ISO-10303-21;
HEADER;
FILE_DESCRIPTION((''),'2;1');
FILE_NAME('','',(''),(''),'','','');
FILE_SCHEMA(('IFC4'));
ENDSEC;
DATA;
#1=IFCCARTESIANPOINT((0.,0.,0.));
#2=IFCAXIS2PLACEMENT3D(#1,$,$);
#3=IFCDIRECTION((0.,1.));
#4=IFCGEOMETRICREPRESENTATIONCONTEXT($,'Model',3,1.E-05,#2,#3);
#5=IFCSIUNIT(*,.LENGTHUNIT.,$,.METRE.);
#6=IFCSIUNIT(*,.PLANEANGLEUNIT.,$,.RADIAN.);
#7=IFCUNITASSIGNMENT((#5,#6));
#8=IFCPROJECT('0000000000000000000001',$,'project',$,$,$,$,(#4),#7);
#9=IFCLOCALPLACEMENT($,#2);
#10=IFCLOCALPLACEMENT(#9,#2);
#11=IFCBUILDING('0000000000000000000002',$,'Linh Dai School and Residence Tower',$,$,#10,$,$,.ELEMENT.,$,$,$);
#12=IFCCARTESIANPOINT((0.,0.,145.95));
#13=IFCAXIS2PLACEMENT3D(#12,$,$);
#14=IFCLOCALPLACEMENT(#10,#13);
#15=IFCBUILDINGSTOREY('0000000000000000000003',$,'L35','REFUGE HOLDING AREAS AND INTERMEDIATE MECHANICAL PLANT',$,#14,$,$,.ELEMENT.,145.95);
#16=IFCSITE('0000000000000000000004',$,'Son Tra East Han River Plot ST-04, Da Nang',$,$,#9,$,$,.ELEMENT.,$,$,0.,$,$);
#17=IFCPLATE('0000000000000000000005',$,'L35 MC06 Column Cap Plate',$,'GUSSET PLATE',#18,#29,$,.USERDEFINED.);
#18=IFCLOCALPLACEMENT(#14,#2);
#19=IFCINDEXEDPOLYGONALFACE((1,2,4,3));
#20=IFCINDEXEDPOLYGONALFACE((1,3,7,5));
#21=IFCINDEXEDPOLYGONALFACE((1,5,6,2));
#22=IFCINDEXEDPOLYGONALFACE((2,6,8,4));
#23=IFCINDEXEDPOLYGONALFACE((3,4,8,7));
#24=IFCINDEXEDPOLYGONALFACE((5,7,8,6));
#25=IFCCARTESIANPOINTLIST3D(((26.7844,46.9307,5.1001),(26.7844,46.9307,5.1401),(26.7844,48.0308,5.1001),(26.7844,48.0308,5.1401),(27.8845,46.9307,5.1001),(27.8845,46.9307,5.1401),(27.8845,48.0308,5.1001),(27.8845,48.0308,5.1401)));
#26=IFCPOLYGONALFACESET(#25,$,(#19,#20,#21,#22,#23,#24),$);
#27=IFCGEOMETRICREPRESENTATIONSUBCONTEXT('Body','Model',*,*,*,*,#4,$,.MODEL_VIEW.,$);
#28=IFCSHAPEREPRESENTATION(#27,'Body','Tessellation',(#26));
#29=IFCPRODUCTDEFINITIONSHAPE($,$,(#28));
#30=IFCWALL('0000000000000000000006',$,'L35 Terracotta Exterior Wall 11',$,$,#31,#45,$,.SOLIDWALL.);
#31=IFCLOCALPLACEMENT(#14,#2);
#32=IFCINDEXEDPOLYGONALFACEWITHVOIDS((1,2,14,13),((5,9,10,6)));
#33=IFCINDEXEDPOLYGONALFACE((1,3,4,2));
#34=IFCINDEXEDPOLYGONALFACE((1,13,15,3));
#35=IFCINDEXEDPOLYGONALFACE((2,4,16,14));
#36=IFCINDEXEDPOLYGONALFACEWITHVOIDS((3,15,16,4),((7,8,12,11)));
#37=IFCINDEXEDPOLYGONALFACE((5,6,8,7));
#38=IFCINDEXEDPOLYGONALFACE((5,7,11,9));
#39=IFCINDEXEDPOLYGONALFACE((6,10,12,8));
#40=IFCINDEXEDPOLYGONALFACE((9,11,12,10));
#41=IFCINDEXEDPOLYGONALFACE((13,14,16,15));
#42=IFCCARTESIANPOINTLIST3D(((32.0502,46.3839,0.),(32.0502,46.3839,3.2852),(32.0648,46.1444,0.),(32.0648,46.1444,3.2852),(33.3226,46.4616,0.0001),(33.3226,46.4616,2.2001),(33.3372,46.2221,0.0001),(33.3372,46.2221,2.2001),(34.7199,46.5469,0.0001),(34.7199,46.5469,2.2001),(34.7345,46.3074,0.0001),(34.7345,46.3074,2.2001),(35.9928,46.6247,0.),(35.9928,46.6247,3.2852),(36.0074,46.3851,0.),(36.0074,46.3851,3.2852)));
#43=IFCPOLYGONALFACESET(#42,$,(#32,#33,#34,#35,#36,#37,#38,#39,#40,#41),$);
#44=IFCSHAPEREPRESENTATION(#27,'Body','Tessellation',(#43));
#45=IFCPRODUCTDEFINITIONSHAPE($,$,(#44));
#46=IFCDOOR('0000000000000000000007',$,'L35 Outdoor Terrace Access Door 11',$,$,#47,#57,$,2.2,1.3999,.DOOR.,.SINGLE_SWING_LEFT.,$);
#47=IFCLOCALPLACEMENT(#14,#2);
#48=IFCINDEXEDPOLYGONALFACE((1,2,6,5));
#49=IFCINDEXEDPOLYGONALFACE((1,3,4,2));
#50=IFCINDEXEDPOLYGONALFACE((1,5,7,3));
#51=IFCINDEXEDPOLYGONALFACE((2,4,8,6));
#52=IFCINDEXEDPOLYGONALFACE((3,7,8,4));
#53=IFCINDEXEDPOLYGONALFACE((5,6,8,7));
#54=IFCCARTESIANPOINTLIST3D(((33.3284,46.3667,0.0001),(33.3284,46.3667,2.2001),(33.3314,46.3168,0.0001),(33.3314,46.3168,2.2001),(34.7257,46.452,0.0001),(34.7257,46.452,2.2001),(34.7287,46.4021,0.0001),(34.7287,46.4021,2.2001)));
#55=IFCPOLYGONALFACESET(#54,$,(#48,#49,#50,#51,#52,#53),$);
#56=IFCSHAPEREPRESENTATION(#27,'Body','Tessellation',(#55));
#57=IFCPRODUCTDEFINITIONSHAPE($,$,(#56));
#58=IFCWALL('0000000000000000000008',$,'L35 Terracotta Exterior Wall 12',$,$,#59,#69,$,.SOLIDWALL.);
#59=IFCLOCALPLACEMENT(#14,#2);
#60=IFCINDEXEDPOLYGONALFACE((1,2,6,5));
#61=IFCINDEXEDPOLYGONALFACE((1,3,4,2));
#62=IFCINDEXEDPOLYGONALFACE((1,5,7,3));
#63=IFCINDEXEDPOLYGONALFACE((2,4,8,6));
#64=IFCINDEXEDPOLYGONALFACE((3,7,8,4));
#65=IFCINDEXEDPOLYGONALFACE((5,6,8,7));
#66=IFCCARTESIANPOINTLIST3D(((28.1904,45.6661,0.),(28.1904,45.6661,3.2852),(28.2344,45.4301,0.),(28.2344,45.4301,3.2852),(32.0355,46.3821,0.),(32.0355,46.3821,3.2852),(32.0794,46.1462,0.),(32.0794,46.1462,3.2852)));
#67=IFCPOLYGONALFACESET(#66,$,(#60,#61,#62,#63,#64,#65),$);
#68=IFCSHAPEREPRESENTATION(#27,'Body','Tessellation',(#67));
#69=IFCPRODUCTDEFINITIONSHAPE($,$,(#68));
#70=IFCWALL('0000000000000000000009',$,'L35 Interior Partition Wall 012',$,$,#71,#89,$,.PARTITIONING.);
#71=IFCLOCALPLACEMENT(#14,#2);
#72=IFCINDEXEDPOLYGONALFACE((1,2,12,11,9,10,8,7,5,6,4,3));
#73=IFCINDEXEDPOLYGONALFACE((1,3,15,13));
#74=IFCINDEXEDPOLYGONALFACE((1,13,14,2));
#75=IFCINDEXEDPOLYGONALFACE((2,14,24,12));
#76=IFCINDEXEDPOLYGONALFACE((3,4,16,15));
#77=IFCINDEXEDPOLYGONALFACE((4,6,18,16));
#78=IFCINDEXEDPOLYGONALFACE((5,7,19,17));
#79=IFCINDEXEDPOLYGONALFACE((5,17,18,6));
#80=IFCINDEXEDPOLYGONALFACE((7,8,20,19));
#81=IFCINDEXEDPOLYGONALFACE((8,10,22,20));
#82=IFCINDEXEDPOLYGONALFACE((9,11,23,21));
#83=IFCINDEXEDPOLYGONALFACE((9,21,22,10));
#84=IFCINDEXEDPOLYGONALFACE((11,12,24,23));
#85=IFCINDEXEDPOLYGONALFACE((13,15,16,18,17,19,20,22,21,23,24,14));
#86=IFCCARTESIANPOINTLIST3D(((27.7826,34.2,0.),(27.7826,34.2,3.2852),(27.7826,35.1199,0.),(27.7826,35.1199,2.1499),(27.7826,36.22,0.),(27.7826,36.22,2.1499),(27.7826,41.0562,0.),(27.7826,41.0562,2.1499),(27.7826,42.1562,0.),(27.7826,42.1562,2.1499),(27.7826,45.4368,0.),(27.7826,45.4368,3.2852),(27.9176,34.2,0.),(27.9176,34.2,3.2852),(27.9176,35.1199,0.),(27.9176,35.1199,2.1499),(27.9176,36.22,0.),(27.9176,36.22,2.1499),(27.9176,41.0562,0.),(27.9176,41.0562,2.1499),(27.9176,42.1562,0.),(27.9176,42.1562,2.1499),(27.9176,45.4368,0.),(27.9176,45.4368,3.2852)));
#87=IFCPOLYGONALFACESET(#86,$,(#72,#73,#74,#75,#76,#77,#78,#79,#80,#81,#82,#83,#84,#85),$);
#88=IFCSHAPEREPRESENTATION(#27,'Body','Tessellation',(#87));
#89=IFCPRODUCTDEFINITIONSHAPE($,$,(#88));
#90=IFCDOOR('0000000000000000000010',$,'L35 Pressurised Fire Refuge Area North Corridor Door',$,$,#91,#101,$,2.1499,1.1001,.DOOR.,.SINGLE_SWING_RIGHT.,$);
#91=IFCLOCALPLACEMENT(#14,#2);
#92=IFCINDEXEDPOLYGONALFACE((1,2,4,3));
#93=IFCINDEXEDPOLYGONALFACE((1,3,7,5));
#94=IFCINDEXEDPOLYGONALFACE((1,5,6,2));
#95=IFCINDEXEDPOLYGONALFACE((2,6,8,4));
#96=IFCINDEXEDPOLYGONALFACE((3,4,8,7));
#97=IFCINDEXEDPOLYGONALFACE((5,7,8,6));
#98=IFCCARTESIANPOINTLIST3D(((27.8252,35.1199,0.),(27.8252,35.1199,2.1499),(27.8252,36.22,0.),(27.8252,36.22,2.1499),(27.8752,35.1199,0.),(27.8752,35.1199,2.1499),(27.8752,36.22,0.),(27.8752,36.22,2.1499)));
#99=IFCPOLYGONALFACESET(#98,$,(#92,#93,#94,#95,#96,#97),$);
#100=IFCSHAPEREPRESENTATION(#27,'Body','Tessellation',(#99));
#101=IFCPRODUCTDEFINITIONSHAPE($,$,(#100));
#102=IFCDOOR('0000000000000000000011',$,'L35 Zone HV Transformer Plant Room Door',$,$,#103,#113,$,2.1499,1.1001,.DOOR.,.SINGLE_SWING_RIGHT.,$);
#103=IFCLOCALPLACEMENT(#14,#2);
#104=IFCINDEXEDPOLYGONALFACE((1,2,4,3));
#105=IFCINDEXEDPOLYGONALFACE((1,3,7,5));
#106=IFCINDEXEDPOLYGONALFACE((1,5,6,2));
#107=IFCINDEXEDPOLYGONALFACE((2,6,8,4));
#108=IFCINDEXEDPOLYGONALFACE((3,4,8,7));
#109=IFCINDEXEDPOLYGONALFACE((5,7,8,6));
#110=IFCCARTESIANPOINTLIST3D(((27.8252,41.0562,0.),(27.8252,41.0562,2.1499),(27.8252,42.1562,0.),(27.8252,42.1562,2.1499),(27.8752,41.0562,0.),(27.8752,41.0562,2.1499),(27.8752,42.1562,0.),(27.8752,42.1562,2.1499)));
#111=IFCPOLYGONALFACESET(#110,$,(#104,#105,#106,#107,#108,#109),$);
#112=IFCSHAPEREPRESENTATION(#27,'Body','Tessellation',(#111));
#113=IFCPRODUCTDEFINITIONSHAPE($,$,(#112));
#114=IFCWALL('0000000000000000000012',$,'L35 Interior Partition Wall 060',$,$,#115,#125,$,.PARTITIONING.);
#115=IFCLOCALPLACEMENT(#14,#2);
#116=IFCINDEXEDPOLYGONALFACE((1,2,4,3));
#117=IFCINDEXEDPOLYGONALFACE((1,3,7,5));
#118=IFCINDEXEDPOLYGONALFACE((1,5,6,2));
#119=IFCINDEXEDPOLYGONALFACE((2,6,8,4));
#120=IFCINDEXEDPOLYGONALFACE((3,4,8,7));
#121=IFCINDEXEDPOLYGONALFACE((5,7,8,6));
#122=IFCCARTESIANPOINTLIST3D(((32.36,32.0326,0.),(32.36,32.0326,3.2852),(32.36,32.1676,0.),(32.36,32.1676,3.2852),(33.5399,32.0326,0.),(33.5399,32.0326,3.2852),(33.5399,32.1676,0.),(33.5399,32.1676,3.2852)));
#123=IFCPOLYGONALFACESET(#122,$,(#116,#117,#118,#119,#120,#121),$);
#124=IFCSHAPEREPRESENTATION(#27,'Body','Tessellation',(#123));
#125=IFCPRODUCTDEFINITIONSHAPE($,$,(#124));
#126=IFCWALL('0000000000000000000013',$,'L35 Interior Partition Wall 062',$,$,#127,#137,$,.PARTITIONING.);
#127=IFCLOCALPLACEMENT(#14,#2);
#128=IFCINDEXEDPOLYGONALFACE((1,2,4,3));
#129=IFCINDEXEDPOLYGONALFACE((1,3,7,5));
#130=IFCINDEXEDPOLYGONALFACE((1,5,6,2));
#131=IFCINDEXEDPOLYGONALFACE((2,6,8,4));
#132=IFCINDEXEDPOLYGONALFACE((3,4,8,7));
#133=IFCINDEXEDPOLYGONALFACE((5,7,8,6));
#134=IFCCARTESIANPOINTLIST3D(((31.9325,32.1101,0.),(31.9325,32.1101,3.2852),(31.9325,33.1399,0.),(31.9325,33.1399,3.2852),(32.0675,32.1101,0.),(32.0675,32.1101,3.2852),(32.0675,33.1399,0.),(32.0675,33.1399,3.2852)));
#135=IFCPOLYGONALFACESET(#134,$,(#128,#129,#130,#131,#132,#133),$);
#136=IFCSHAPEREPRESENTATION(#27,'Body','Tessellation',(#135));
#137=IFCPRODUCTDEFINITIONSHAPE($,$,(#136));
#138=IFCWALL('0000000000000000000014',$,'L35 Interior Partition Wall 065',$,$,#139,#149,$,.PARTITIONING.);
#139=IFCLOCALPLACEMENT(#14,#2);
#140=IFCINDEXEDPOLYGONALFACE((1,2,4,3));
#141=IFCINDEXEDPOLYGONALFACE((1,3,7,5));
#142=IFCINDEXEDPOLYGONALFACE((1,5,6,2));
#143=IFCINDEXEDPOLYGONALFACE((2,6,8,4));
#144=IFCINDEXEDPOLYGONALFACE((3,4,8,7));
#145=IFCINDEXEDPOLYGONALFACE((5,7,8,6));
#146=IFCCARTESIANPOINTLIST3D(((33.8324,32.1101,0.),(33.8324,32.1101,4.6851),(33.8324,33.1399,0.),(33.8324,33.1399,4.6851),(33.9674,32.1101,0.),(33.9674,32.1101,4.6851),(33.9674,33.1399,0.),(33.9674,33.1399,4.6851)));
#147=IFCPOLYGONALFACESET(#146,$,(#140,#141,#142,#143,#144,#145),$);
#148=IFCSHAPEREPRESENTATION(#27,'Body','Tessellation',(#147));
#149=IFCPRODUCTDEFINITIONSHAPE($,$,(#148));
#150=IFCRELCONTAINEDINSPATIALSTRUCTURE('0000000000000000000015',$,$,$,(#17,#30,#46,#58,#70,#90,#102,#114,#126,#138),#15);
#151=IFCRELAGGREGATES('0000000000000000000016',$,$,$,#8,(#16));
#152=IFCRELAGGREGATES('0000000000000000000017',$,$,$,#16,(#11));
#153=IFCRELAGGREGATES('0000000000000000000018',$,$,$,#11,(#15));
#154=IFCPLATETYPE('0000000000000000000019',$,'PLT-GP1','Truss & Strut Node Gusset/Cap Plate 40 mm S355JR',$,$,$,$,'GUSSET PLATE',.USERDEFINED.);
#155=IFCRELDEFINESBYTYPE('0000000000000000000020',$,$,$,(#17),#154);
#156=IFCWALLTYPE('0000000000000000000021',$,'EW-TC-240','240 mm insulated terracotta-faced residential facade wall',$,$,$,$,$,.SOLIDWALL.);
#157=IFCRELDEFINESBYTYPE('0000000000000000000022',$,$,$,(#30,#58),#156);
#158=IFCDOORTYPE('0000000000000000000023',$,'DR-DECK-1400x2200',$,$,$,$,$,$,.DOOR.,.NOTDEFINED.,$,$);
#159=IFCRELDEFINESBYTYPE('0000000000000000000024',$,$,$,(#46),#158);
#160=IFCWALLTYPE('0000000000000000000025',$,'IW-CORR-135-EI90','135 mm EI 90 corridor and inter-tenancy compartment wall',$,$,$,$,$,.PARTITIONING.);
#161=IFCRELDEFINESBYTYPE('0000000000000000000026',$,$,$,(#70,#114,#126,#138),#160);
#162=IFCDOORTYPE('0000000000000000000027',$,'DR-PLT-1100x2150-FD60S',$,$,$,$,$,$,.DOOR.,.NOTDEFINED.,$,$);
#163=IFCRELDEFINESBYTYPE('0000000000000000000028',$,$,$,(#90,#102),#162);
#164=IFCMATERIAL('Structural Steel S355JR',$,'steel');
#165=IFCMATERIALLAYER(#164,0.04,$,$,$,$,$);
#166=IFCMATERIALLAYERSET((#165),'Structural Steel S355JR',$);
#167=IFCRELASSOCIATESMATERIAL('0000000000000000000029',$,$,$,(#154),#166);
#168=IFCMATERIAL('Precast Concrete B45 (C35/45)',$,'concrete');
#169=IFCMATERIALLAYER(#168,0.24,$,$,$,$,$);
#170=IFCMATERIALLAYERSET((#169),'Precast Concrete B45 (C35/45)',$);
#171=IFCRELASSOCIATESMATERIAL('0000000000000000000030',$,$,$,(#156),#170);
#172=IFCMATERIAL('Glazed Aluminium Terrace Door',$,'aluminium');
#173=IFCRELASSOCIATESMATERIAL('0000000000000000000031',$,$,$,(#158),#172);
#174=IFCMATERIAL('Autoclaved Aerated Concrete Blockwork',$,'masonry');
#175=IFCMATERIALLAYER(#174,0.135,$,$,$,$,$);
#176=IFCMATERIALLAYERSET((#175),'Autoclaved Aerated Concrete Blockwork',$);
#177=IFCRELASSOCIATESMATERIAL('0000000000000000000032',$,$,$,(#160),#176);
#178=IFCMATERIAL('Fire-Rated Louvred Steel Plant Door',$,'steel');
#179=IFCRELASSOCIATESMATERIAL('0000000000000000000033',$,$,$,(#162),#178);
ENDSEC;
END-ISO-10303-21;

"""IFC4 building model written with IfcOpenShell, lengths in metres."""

from ifc_helpers import new_model, si_unit, direction, frame, frame_2d, origin, origin_2d, place, context, subcontext, project, spatial, rectangle, extrude, source, transform, mapped, material, layer, layer_set, type_object, element, fill, save


model = new_model("IFC4")

# Units and contexts
model_context = context("Model", 3, precision=1e-05, world=origin(), true_north=direction((0.0, 1.0)))
body_context = subcontext(model_context, "Body", "Model", "MODEL_VIEW")
ifc_project = project(units=[si_unit("LENGTHUNIT", "METRE"), si_unit("PLANEANGLEUNIT", "RADIAN")], contexts=[model_context])

# Site, building, storey
site_placement = place(None, origin())
site = spatial("IfcSite", under=ifc_project, at=site_placement, Name="Son Tra East Han River Plot ST-04, Da Nang", CompositionType="ELEMENT", RefElevation=0.0)
building_placement = place(site_placement, origin())
building = spatial("IfcBuilding", under=site, at=building_placement, Name="Linh Dai School and Residence Tower", CompositionType="ELEMENT")
storey_placement = place(building_placement, frame((0.0, 0.0, 145.95)))
storey = spatial("IfcBuildingStorey", under=building, at=storey_placement, Name="L35", Description="REFUGE HOLDING AREAS AND INTERMEDIATE MECHANICAL PLANT", CompositionType="ELEMENT", Elevation=145.95)

# Shared definitions
ifc_material_1 = material(Name="Structural Steel S355JR", Category="steel")

# Plate
ifc_layer_1 = layer(ifc_material_1, 0.04)
ifc_layer_set_1 = layer_set([ifc_layer_1], Name="Structural Steel S355JR")
plate_type = type_object("IfcPlateType", Name="PLT-GP1", Description="Truss & Strut Node Gusset/Cap Plate 40 mm S355JR", ElementType="GUSSET PLATE", PredefinedType="USERDEFINED", material=ifc_layer_set_1)
shared_shape_1 = source(origin(), body_context, "Body", "SweptSolid", [
    extrude(rectangle(XDim=1.1001, YDim=1.1001, at=origin_2d()), origin(), (0.0, 0.0, 1.0), 0.04),
])
plate_placement = place(storey_placement, frame((27.3345, 47.4807, 5.1001), z_axis=(0.0, 0.0, 1.0), x_axis=(1.0, 0.0, 0.0)))
element("IfcPlate", 1, at=plate_placement, inside=storey, type_object=plate_type, Name="L35 MC06 Column Cap Plate", ObjectType="GUSSET PLATE", PredefinedType="USERDEFINED", context=body_context, shape_type="MappedRepresentation", body=[
    mapped(shared_shape_1, transform((0.0, 0.0, 0.0), x_axis=(1.0, 0.0, 0.0), y_axis=(0.0, 1.0, 0.0), z_axis=(0.0, 0.0, 1.0), scale=1.0)),
])

# Wall, opening, door
ifc_material_2 = material(Name="Precast Concrete B45 (C35/45)", Category="concrete")
ifc_layer_2 = layer(ifc_material_2, 0.24)
ifc_layer_set_2 = layer_set([ifc_layer_2], Name="Precast Concrete B45 (C35/45)")
wall_type_1 = type_object("IfcWallType", Name="EW-TC-240", Description="240 mm insulated terracotta-faced residential facade wall", PredefinedType="SOLIDWALL", material=ifc_layer_set_2)
wall_1_placement = place(storey_placement, frame((32.0574, 46.2642, 0.0), z_axis=(0.0, 0.0, 1.0), x_axis=(0.998141, 0.060943, 0.0)))
wall_1 = element("IfcWall", 2, at=wall_1_placement, inside=storey, type_object=wall_type_1, Name="L35 Terracotta Exterior Wall 11", PredefinedType="SOLIDWALL", context=body_context, shape_type="SweptSolid", body=[
    extrude(rectangle(XDim=3.95, YDim=0.24, at=frame_2d((1.9751, 0.0))), origin(), (0.0, 0.0, 1.0), 3.2852),
])
opening_1_placement = place(wall_1_placement, frame((1.2749, 0.0, 0.0)))
opening_1 = element("IfcOpeningElement", 3, at=opening_1_placement, cuts=wall_1, PredefinedType="OPENING", context=body_context, shape_type="SweptSolid", body=[
    extrude(rectangle(XDim=1.3999, YDim=2.2, at=origin_2d()), frame((0.7, 0.1299, 1.1001), z_axis=(0.0, -1.0, 0.0), x_axis=(1.0, 0.0, 0.0)), (0.0, 0.0, 1.0), 0.26),
])
ifc_material_3 = material(Name="Glazed Aluminium Terrace Door", Category="aluminium")
door_type_1 = type_object("IfcDoorType", Name="DR-DECK-1400x2200", OperationType="NOTDEFINED", PredefinedType="DOOR", material=ifc_material_3)
shared_shape_2 = source(origin(), body_context, "Body", "SweptSolid", [
    extrude(rectangle(XDim=1.3999, YDim=2.2, at=origin_2d()), frame((0.7, 0.0249, 1.1001), z_axis=(0.0, -1.0, 0.0), x_axis=(1.0, 0.0, 0.0)), (0.0, 0.0, 1.0), 0.05),
])
door_1_placement = place(opening_1_placement, origin())
door_1 = element("IfcDoor", 4, at=door_1_placement, inside=storey, type_object=door_type_1, Name="L35 Outdoor Terrace Access Door 11", OperationType="SINGLE_SWING_LEFT", OverallHeight=2.2, OverallWidth=1.3999, PredefinedType="DOOR", context=body_context, shape_type="MappedRepresentation", body=[
    mapped(shared_shape_2, transform((0.0, 0.0, 0.0), x_axis=(1.0, 0.0, 0.0), y_axis=(0.0, 1.0, 0.0), z_axis=(0.0, 0.0, 1.0), scale=1.0)),
])
fill(opening_1, door_1)

# Wall
wall_2_placement = place(storey_placement, frame((28.2124, 45.5481, 0.0), z_axis=(0.0, 0.0, 1.0), x_axis=(0.983097, 0.183086, 0.0)))
element("IfcWall", 5, at=wall_2_placement, inside=storey, type_object=wall_type_1, Name="L35 Terracotta Exterior Wall 12", PredefinedType="SOLIDWALL", context=body_context, shape_type="SweptSolid", body=[
    extrude(rectangle(XDim=3.9111, YDim=0.24, at=frame_2d((1.9556, 0.0))), origin(), (0.0, 0.0, 1.0), 3.2852),
])

# Wall, openings, doors
ifc_material_4 = material(Name="Autoclaved Aerated Concrete Blockwork", Category="masonry")
ifc_layer_3 = layer(ifc_material_4, 0.135)
ifc_layer_set_3 = layer_set([ifc_layer_3], Name="Autoclaved Aerated Concrete Blockwork")
wall_type_2 = type_object("IfcWallType", Name="IW-CORR-135-EI90", Description="135 mm EI 90 corridor and inter-tenancy compartment wall", PredefinedType="PARTITIONING", material=ifc_layer_set_3)
wall_3_placement = place(storey_placement, frame((27.8501, 34.2, 0.0), z_axis=(0.0, 0.0, 1.0), x_axis=(0.0, 1.0, 0.0)))
wall_3 = element("IfcWall", 6, at=wall_3_placement, inside=storey, type_object=wall_type_2, Name="L35 Interior Partition Wall 012", PredefinedType="PARTITIONING", context=body_context, shape_type="SweptSolid", body=[
    extrude(rectangle(XDim=11.2368, YDim=0.135, at=frame_2d((5.6184, 0.0))), origin(), (0.0, 0.0, 1.0), 3.2852),
])
opening_2_placement = place(wall_3_placement, frame((0.9199, 0.0, 0.0)))
opening_2 = element("IfcOpeningElement", 7, at=opening_2_placement, cuts=wall_3, PredefinedType="OPENING", context=body_context, shape_type="SweptSolid", body=[
    extrude(rectangle(XDim=1.1001, YDim=2.1499, at=origin_2d()), frame((0.55, 0.0776, 1.075), z_axis=(0.0, -1.0, 0.0), x_axis=(1.0, 0.0, 0.0)), (0.0, 0.0, 1.0), 0.155),
])
opening_3_placement = place(wall_3_placement, frame((6.8562, 0.0, 0.0)))
opening_3 = element("IfcOpeningElement", 8, at=opening_3_placement, cuts=wall_3, PredefinedType="OPENING", context=body_context, shape_type="SweptSolid", body=[
    extrude(rectangle(XDim=1.1001, YDim=2.1499, at=origin_2d()), frame((0.55, 0.0776, 1.075), z_axis=(0.0, -1.0, 0.0), x_axis=(1.0, 0.0, 0.0)), (0.0, 0.0, 1.0), 0.155),
])
ifc_material_5 = material(Name="Fire-Rated Louvred Steel Plant Door", Category="steel")
door_type_2 = type_object("IfcDoorType", Name="DR-PLT-1100x2150-FD60S", OperationType="NOTDEFINED", PredefinedType="DOOR", material=ifc_material_5)
shared_shape_3 = source(origin(), body_context, "Body", "SweptSolid", [
    extrude(rectangle(XDim=1.1001, YDim=2.1499, at=origin_2d()), frame((0.55, 0.0249, 1.075), z_axis=(0.0, -1.0, 0.0), x_axis=(1.0, 0.0, 0.0)), (0.0, 0.0, 1.0), 0.05),
])
door_2_placement = place(opening_2_placement, origin())
door_2 = element("IfcDoor", 9, at=door_2_placement, inside=storey, type_object=door_type_2, Name="L35 Pressurised Fire Refuge Area North Corridor Door", OperationType="SINGLE_SWING_RIGHT", OverallHeight=2.1499, OverallWidth=1.1001, PredefinedType="DOOR", context=body_context, shape_type="MappedRepresentation", body=[
    mapped(shared_shape_3, transform((0.0, 0.0, 0.0), x_axis=(1.0, 0.0, 0.0), y_axis=(0.0, 1.0, 0.0), z_axis=(0.0, 0.0, 1.0), scale=1.0)),
])
fill(opening_2, door_2)
door_3_placement = place(opening_3_placement, origin())
door_3 = element("IfcDoor", 10, at=door_3_placement, inside=storey, type_object=door_type_2, Name="L35 Zone HV Transformer Plant Room Door", OperationType="SINGLE_SWING_RIGHT", OverallHeight=2.1499, OverallWidth=1.1001, PredefinedType="DOOR", context=body_context, shape_type="MappedRepresentation", body=[
    mapped(shared_shape_3, transform((0.0, 0.0, 0.0), x_axis=(1.0, 0.0, 0.0), y_axis=(0.0, 1.0, 0.0), z_axis=(0.0, 0.0, 1.0), scale=1.0)),
])
fill(opening_3, door_3)

# Walls
wall_4_placement = place(storey_placement, frame((32.3601, 32.1001, 0.0), z_axis=(0.0, 0.0, 1.0), x_axis=(1.0, 0.0, 0.0)))
element("IfcWall", 11, at=wall_4_placement, inside=storey, type_object=wall_type_2, Name="L35 Interior Partition Wall 060", PredefinedType="PARTITIONING", context=body_context, shape_type="SweptSolid", body=[
    extrude(rectangle(XDim=1.1799, YDim=0.135, at=frame_2d((0.5898, 0.0))), origin(), (0.0, 0.0, 1.0), 3.2852),
])
wall_5_placement = place(storey_placement, frame((32.0, 33.1399, 0.0), z_axis=(0.0, 0.0, 1.0), x_axis=(0.0, -1.0, 0.0)))
element("IfcWall", 12, at=wall_5_placement, inside=storey, type_object=wall_type_2, Name="L35 Interior Partition Wall 062", PredefinedType="PARTITIONING", context=body_context, shape_type="SweptSolid", body=[
    extrude(rectangle(XDim=1.0298, YDim=0.135, at=frame_2d((0.5149, 0.0))), origin(), (0.0, 0.0, 1.0), 3.2852),
])
wall_6_placement = place(storey_placement, frame((33.8999, 32.1101, 0.0), z_axis=(0.0, 0.0, 1.0), x_axis=(0.0, 1.0, 0.0)))
element("IfcWall", 13, at=wall_6_placement, inside=storey, type_object=wall_type_2, Name="L35 Interior Partition Wall 065", PredefinedType="PARTITIONING", context=body_context, shape_type="SweptSolid", body=[
    extrude(rectangle(XDim=1.0298, YDim=0.135, at=frame_2d((0.5149, 0.0))), origin(), (0.0, 0.0, 1.0), 4.6851),
])

save(model, "model.ifc")
